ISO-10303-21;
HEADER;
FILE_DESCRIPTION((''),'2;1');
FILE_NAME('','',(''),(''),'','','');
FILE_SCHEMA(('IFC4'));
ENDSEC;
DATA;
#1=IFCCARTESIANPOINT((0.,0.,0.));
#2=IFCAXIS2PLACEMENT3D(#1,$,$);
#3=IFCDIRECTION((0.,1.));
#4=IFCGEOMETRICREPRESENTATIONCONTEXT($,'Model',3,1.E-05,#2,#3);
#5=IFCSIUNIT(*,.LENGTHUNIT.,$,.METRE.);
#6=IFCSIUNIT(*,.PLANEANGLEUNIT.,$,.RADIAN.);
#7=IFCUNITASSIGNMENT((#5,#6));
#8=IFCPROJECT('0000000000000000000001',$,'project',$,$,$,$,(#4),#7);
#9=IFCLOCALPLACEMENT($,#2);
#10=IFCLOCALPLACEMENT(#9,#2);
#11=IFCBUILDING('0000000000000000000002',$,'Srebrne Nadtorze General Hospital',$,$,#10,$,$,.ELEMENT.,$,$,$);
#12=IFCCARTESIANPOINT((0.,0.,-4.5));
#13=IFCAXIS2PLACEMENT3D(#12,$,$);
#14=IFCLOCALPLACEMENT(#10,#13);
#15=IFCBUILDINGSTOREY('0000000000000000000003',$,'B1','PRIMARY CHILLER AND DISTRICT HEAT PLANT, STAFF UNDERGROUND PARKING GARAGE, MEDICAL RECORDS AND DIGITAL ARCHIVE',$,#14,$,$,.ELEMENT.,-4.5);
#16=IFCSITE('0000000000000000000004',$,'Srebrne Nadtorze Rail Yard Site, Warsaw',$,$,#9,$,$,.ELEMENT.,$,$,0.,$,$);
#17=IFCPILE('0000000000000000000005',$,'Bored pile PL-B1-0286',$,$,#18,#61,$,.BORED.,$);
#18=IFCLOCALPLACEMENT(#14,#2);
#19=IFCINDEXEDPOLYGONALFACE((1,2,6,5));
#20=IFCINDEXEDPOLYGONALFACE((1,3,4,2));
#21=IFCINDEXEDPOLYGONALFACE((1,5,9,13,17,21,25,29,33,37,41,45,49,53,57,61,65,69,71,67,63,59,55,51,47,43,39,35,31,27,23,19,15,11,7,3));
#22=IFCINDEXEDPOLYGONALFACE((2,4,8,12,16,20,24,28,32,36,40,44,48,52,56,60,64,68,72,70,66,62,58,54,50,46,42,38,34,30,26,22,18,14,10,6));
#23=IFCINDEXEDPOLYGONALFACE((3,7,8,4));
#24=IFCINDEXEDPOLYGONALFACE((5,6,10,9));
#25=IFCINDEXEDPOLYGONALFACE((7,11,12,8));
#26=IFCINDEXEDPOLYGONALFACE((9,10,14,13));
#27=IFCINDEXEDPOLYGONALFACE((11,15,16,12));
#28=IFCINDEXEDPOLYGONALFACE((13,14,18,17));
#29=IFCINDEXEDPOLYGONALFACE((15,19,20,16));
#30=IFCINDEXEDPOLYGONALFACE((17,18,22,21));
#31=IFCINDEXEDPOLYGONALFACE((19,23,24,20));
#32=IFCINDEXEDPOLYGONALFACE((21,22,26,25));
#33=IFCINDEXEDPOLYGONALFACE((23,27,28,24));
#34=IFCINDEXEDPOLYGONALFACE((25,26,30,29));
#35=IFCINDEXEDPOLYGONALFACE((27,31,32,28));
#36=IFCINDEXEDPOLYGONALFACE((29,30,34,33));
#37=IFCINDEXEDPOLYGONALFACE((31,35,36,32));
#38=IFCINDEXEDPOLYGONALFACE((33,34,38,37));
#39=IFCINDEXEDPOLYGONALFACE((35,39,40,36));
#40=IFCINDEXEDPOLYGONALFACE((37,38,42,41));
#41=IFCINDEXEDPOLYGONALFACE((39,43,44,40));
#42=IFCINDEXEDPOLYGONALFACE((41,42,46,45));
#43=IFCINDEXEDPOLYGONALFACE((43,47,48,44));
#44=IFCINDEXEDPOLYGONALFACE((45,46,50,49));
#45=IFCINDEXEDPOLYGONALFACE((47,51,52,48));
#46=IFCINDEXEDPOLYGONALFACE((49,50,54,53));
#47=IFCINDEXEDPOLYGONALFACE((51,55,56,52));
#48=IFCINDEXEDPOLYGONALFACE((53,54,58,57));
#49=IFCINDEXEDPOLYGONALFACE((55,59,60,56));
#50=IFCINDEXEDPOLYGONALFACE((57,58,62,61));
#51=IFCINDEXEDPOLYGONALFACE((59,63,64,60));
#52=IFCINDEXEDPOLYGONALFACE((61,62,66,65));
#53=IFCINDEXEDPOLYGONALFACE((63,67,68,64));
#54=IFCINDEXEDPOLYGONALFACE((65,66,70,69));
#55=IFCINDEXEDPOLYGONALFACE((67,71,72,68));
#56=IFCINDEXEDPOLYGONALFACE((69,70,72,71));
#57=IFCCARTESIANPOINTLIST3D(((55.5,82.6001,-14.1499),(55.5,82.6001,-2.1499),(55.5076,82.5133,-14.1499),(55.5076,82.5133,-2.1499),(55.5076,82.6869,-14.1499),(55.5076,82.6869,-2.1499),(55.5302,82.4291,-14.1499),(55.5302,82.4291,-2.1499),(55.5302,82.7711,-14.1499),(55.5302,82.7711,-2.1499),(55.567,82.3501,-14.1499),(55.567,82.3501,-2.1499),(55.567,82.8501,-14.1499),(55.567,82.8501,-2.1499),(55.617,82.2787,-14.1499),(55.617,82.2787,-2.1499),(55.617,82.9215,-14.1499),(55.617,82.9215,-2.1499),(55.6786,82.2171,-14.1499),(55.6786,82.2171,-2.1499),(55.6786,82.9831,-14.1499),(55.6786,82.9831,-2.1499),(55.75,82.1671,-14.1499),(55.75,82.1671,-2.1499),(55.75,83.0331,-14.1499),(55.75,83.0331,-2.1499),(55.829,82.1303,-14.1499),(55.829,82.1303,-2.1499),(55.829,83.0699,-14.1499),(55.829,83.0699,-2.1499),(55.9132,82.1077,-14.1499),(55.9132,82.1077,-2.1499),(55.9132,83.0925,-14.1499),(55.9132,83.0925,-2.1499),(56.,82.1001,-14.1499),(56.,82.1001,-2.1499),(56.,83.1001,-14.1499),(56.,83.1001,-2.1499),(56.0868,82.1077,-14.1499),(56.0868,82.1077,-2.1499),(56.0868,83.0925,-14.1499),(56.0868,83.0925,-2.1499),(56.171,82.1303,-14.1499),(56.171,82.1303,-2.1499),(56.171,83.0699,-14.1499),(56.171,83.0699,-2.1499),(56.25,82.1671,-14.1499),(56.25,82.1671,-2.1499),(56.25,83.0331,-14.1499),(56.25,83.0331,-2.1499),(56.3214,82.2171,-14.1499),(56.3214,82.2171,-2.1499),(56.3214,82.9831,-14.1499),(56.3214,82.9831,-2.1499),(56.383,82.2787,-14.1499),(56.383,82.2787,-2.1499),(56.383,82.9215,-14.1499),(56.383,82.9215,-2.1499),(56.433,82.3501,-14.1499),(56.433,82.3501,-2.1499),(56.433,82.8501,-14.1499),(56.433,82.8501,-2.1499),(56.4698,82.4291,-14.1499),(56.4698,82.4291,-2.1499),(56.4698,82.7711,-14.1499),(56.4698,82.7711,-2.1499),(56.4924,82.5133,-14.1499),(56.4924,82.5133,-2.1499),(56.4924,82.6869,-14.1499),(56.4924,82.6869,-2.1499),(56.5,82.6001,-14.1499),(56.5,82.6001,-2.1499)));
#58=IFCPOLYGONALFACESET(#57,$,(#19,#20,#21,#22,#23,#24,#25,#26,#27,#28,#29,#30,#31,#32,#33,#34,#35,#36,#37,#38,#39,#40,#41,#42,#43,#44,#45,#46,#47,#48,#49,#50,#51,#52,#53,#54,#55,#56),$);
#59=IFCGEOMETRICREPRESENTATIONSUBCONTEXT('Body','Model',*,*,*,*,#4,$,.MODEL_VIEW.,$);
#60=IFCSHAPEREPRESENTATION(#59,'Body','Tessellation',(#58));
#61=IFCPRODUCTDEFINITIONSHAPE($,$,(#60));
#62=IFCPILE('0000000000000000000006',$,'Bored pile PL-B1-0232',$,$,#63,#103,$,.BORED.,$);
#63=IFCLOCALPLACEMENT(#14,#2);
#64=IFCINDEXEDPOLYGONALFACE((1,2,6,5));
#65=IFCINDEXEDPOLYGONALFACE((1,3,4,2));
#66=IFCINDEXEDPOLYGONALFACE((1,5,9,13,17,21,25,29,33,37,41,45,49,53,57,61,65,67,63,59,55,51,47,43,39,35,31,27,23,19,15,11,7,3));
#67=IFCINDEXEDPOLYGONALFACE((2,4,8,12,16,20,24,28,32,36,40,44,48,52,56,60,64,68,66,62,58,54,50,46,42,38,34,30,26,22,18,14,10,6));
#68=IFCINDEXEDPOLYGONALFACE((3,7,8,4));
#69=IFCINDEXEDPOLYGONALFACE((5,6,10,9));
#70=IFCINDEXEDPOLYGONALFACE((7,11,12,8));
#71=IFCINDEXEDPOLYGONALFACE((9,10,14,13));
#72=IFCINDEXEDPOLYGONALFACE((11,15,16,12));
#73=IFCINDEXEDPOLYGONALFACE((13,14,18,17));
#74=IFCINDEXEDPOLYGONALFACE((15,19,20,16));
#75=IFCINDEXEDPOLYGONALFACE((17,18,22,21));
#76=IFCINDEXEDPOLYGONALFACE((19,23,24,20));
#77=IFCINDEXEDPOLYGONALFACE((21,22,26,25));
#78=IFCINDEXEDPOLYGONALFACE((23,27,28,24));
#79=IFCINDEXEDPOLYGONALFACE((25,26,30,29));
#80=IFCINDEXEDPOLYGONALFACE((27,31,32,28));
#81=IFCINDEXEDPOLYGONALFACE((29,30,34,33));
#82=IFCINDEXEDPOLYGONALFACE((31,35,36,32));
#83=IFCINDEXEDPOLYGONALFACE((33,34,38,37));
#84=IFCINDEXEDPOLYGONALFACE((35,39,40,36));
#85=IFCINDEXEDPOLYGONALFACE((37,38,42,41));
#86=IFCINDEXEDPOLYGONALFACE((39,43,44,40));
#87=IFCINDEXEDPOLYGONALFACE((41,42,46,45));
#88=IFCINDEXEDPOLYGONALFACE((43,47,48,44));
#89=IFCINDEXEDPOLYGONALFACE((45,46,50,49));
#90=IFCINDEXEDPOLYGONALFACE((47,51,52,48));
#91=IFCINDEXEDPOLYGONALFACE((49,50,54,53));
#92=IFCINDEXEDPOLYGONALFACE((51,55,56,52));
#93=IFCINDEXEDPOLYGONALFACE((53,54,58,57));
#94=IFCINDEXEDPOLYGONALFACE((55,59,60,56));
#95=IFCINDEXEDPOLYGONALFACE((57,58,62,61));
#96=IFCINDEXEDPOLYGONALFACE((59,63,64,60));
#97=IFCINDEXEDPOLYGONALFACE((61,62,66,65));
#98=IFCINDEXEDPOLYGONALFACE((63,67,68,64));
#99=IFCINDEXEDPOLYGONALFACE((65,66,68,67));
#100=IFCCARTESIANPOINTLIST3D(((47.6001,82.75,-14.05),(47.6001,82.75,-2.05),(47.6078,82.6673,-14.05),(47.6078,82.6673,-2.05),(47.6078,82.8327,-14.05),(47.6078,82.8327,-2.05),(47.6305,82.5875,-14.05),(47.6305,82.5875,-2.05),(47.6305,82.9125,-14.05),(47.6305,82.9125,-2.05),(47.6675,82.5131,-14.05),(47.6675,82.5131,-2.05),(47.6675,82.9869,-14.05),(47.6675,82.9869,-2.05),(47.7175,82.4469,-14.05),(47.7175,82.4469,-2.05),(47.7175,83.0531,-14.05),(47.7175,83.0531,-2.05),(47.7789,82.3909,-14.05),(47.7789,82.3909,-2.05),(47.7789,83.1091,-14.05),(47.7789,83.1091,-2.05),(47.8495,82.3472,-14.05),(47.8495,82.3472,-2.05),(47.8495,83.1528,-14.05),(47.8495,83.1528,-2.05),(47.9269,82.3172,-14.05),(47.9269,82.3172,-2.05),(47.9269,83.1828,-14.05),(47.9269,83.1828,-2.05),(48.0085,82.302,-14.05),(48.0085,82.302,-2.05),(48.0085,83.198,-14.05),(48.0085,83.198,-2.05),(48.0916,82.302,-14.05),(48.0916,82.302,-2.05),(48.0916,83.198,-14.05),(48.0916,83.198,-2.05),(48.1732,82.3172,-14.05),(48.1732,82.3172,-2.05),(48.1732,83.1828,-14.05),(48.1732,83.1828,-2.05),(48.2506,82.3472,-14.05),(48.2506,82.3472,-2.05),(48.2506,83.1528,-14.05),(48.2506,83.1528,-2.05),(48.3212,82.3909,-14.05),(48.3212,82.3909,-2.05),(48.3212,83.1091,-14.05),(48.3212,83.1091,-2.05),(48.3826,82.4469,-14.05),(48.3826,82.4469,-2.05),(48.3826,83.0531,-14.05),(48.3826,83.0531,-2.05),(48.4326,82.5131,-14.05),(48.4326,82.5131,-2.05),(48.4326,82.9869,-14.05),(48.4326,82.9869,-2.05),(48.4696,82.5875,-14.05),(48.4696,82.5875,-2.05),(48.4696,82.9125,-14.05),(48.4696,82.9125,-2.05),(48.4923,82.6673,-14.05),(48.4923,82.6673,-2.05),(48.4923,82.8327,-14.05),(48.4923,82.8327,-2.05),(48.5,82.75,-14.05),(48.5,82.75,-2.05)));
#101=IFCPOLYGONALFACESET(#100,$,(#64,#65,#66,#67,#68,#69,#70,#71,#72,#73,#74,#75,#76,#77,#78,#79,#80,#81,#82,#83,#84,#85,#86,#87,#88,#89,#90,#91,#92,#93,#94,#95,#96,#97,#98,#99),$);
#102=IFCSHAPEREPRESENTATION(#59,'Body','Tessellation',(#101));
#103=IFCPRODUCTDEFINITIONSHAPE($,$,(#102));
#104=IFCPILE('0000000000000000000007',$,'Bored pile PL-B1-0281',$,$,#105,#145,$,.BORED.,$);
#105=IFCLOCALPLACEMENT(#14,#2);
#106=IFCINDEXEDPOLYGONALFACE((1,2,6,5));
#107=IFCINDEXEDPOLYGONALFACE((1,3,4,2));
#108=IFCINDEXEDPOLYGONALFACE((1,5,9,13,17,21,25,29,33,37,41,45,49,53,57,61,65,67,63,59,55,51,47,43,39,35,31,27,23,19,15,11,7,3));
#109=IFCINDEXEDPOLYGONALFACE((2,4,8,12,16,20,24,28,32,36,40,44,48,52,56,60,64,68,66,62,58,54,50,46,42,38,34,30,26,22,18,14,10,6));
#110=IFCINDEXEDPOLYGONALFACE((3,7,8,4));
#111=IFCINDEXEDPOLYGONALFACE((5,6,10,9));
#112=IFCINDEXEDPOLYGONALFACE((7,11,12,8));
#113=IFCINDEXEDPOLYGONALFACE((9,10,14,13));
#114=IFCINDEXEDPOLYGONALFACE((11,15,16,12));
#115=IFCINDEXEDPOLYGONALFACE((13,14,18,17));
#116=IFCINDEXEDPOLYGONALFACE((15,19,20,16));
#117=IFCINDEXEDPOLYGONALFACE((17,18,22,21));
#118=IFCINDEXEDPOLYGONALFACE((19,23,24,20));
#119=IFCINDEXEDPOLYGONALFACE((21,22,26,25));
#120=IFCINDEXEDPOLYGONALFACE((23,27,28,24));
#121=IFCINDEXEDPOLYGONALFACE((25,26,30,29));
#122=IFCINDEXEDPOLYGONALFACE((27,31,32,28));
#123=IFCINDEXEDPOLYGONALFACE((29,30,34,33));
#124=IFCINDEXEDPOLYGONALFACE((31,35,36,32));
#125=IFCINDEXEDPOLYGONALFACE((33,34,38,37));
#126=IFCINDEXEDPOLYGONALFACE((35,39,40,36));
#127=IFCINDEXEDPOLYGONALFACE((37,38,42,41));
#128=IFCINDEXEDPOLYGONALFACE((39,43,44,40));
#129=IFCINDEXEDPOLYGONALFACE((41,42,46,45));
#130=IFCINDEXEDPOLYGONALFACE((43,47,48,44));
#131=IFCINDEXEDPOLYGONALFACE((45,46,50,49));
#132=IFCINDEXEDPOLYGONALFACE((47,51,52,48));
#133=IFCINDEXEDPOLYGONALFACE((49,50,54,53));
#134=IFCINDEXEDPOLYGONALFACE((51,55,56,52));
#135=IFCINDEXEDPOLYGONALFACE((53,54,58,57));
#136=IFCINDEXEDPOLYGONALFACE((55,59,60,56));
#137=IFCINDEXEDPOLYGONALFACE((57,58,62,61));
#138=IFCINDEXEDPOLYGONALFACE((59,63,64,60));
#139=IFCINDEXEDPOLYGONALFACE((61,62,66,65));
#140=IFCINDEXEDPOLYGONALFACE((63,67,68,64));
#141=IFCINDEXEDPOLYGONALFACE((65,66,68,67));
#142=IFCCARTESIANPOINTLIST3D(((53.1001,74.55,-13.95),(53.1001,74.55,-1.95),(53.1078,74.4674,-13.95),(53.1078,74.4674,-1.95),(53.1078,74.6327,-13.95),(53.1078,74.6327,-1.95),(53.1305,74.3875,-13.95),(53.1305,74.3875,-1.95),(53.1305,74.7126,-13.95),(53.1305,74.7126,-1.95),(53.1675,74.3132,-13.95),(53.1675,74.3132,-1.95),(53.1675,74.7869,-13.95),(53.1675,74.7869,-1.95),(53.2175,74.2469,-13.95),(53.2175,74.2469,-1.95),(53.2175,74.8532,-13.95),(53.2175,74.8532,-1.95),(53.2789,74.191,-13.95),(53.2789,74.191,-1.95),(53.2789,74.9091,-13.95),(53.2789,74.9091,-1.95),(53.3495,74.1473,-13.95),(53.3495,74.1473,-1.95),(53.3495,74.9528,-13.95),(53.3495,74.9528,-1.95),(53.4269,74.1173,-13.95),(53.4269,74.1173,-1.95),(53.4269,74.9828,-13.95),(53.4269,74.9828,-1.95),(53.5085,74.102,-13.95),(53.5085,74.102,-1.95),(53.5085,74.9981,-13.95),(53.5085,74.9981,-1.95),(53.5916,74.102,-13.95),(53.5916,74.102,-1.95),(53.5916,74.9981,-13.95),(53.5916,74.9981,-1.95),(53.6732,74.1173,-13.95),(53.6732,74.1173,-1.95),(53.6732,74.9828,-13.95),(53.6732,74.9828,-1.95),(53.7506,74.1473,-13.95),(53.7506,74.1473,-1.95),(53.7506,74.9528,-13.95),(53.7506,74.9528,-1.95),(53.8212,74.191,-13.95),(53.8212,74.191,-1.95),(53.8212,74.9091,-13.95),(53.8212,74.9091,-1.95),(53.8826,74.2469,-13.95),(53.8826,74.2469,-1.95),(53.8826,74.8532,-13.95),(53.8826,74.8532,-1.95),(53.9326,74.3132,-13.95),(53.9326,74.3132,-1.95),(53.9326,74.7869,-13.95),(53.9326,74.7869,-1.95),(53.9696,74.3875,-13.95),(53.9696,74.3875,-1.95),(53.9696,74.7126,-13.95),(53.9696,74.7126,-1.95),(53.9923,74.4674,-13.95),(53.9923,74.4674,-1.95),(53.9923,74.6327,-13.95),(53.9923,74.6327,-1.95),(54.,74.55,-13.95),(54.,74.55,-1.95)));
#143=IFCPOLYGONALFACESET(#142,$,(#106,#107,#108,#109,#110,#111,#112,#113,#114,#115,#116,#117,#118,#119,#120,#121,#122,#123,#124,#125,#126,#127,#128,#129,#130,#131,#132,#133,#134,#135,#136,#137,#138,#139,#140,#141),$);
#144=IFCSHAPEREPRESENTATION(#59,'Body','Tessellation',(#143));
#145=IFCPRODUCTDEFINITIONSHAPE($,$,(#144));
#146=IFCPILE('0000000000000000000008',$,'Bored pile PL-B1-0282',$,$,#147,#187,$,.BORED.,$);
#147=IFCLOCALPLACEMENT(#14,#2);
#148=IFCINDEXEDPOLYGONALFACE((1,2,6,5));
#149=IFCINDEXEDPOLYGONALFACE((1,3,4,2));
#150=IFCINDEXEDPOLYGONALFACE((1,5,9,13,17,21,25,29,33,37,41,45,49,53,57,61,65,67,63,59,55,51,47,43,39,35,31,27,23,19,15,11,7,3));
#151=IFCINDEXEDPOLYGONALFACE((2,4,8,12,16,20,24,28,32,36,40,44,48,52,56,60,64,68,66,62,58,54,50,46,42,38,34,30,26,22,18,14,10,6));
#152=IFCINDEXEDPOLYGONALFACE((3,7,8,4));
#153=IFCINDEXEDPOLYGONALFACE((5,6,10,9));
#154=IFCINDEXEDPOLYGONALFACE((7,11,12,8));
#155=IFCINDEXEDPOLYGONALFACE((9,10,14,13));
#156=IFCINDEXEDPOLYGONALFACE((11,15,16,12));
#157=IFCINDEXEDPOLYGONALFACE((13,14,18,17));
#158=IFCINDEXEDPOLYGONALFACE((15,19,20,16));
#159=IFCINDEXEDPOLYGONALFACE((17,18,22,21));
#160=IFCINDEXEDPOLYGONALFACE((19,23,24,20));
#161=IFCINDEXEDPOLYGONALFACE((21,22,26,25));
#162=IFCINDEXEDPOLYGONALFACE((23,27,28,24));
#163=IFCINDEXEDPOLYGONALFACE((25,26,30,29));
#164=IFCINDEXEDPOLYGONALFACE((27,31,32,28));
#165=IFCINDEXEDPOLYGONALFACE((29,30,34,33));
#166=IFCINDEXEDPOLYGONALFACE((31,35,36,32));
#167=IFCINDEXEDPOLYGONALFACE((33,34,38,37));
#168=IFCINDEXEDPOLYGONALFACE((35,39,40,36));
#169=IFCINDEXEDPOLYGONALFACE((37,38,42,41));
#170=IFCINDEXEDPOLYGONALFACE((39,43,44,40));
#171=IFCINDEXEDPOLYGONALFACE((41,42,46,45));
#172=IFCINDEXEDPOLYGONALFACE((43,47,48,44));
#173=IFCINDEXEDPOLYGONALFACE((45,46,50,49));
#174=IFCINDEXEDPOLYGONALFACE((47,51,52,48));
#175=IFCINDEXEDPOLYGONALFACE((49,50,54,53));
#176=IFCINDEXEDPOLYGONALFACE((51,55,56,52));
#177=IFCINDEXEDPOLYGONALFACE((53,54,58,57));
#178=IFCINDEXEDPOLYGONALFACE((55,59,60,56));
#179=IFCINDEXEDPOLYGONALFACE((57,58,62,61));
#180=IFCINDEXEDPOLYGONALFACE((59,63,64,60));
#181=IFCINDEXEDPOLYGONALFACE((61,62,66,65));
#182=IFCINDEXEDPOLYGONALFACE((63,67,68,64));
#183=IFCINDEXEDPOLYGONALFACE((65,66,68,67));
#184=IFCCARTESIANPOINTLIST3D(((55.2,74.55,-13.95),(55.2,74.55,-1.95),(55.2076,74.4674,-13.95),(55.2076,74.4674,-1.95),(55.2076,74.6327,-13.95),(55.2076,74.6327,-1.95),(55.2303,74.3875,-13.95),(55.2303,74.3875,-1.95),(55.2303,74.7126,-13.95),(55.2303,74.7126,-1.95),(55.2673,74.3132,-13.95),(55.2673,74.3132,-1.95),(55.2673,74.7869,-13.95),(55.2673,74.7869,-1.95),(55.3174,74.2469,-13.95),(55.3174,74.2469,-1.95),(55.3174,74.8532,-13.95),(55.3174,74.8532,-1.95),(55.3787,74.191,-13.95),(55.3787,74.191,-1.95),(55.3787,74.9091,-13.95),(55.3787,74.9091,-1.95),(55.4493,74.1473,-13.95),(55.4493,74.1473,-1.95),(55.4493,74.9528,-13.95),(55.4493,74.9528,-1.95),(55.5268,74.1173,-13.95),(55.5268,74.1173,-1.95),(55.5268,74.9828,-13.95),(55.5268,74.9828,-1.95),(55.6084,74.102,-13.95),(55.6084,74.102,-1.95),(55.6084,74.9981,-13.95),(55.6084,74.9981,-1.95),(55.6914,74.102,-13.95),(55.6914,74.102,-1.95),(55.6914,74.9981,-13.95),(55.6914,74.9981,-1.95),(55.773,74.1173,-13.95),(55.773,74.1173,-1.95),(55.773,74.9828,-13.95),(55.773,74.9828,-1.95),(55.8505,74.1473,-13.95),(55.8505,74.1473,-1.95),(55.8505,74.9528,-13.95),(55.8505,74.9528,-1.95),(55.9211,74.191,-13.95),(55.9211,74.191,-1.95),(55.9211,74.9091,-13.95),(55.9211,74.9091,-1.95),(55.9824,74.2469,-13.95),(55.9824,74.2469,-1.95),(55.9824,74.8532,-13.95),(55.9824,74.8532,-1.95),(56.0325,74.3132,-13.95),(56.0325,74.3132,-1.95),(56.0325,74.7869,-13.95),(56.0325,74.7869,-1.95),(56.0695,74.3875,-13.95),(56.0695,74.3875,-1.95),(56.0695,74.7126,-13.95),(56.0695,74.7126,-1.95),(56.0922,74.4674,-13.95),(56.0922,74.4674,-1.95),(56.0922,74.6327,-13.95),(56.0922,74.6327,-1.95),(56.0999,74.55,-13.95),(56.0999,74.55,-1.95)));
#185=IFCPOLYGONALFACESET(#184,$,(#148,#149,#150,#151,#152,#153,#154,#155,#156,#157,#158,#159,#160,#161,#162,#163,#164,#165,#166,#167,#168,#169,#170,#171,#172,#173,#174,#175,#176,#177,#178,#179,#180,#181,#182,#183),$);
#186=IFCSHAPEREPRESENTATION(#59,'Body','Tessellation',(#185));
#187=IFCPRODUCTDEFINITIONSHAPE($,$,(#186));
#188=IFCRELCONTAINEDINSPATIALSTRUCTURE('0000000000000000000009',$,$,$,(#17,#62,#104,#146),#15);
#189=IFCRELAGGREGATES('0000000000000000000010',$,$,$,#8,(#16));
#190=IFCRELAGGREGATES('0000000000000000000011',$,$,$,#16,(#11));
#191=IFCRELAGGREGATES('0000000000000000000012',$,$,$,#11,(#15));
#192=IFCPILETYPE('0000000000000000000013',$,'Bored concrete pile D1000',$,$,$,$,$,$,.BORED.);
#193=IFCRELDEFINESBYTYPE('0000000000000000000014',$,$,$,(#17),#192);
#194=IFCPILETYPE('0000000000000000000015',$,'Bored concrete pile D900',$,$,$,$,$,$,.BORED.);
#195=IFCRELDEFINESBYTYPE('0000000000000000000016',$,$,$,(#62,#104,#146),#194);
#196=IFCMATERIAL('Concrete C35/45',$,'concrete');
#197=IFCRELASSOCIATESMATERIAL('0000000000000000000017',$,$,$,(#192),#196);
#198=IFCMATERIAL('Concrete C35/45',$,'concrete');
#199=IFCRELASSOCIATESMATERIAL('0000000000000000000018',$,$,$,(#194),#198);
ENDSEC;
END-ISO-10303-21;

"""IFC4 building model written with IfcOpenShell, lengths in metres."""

from ifc_helpers import new_model, si_unit, direction, frame, origin, origin_2d, place, context, subcontext, project, spatial, circle, extrude, material, material_profile, profile_set, type_object, element, save


model = new_model("IFC4")

# Units and contexts
model_context = context("Model", 3, precision=1e-05, world=origin(), true_north=direction((0.0, 1.0)))
body_context = subcontext(model_context, "Body", "Model", "MODEL_VIEW")
ifc_project = project(units=[si_unit("LENGTHUNIT", "METRE"), si_unit("PLANEANGLEUNIT", "RADIAN")], contexts=[model_context])

# Site, building, storey
site_placement = place(None, origin())
site = spatial("IfcSite", under=ifc_project, at=site_placement, Name="Srebrne Nadtorze Rail Yard Site, Warsaw", CompositionType="ELEMENT", RefElevation=0.0)
building_placement = place(site_placement, origin())
building = spatial("IfcBuilding", under=site, at=building_placement, Name="Srebrne Nadtorze General Hospital", CompositionType="ELEMENT")
storey_placement = place(building_placement, frame((0.0, 0.0, -4.5)))
storey = spatial("IfcBuildingStorey", under=building, at=storey_placement, Name="B1", Description="PRIMARY CHILLER AND DISTRICT HEAT PLANT, STAFF UNDERGROUND PARKING GARAGE, MEDICAL RECORDS AND DIGITAL ARCHIVE", CompositionType="ELEMENT", Elevation=-4.5)

# Piles
ifc_material_1 = material(Name="Concrete C35/45", Category="concrete")
ifc_material_profile_1 = material_profile(ifc_material_1, circle(Radius=0.5, at=origin_2d()), Name="PILE-D1000")
ifc_profile_set_1 = profile_set([ifc_material_profile_1], Name="Concrete C35/45")
pile_type_1 = type_object("IfcPileType", Name="Bored concrete pile D1000", PredefinedType="BORED", material=ifc_profile_set_1)
for number, where, z_axis, x_axis, name in (
    (1, (56.0, 82.6001, -2.1499), (0.0, 0.0, -1.0), (1.0, 0.0, 0.0), "Bored pile PL-B1-0286"),
):
    element("IfcPile", number, at=place(storey_placement, frame(where, z_axis=z_axis, x_axis=x_axis)), inside=storey, type_object=pile_type_1, Name=name, PredefinedType="BORED", context=body_context, shape_type="SweptSolid", body=[
        extrude(circle(Radius=0.5, at=origin_2d()), origin(), (0.0, 0.0, 1.0), 12.0),
    ])
ifc_material_2 = material(Name="Concrete C35/45", Category="concrete")
ifc_material_profile_2 = material_profile(ifc_material_2, circle(Radius=0.45, at=origin_2d()), Name="PILE-D900")
ifc_profile_set_2 = profile_set([ifc_material_profile_2], Name="Concrete C35/45")
pile_type_2 = type_object("IfcPileType", Name="Bored concrete pile D900", PredefinedType="BORED", material=ifc_profile_set_2)
for number, where, z_axis, x_axis, name in (
    (2, (48.05, 82.75, -2.05), (0.0, 0.0, -1.0), (1.0, 0.0, 0.0), "Bored pile PL-B1-0232"),
    (3, (53.55, 74.55, -1.95), (0.0, 0.0, -1.0), (1.0, 0.0, 0.0), "Bored pile PL-B1-0281"),
    (4, (55.6499, 74.55, -1.95), (0.0, 0.0, -1.0), (1.0, 0.0, 0.0), "Bored pile PL-B1-0282"),
):
    element("IfcPile", number, at=place(storey_placement, frame(where, z_axis=z_axis, x_axis=x_axis)), inside=storey, type_object=pile_type_2, Name=name, PredefinedType="BORED", context=body_context, shape_type="SweptSolid", body=[
        extrude(circle(Radius=0.45, at=origin_2d()), origin(), (0.0, 0.0, 1.0), 12.0),
    ])

save(model, "model.ifc")
